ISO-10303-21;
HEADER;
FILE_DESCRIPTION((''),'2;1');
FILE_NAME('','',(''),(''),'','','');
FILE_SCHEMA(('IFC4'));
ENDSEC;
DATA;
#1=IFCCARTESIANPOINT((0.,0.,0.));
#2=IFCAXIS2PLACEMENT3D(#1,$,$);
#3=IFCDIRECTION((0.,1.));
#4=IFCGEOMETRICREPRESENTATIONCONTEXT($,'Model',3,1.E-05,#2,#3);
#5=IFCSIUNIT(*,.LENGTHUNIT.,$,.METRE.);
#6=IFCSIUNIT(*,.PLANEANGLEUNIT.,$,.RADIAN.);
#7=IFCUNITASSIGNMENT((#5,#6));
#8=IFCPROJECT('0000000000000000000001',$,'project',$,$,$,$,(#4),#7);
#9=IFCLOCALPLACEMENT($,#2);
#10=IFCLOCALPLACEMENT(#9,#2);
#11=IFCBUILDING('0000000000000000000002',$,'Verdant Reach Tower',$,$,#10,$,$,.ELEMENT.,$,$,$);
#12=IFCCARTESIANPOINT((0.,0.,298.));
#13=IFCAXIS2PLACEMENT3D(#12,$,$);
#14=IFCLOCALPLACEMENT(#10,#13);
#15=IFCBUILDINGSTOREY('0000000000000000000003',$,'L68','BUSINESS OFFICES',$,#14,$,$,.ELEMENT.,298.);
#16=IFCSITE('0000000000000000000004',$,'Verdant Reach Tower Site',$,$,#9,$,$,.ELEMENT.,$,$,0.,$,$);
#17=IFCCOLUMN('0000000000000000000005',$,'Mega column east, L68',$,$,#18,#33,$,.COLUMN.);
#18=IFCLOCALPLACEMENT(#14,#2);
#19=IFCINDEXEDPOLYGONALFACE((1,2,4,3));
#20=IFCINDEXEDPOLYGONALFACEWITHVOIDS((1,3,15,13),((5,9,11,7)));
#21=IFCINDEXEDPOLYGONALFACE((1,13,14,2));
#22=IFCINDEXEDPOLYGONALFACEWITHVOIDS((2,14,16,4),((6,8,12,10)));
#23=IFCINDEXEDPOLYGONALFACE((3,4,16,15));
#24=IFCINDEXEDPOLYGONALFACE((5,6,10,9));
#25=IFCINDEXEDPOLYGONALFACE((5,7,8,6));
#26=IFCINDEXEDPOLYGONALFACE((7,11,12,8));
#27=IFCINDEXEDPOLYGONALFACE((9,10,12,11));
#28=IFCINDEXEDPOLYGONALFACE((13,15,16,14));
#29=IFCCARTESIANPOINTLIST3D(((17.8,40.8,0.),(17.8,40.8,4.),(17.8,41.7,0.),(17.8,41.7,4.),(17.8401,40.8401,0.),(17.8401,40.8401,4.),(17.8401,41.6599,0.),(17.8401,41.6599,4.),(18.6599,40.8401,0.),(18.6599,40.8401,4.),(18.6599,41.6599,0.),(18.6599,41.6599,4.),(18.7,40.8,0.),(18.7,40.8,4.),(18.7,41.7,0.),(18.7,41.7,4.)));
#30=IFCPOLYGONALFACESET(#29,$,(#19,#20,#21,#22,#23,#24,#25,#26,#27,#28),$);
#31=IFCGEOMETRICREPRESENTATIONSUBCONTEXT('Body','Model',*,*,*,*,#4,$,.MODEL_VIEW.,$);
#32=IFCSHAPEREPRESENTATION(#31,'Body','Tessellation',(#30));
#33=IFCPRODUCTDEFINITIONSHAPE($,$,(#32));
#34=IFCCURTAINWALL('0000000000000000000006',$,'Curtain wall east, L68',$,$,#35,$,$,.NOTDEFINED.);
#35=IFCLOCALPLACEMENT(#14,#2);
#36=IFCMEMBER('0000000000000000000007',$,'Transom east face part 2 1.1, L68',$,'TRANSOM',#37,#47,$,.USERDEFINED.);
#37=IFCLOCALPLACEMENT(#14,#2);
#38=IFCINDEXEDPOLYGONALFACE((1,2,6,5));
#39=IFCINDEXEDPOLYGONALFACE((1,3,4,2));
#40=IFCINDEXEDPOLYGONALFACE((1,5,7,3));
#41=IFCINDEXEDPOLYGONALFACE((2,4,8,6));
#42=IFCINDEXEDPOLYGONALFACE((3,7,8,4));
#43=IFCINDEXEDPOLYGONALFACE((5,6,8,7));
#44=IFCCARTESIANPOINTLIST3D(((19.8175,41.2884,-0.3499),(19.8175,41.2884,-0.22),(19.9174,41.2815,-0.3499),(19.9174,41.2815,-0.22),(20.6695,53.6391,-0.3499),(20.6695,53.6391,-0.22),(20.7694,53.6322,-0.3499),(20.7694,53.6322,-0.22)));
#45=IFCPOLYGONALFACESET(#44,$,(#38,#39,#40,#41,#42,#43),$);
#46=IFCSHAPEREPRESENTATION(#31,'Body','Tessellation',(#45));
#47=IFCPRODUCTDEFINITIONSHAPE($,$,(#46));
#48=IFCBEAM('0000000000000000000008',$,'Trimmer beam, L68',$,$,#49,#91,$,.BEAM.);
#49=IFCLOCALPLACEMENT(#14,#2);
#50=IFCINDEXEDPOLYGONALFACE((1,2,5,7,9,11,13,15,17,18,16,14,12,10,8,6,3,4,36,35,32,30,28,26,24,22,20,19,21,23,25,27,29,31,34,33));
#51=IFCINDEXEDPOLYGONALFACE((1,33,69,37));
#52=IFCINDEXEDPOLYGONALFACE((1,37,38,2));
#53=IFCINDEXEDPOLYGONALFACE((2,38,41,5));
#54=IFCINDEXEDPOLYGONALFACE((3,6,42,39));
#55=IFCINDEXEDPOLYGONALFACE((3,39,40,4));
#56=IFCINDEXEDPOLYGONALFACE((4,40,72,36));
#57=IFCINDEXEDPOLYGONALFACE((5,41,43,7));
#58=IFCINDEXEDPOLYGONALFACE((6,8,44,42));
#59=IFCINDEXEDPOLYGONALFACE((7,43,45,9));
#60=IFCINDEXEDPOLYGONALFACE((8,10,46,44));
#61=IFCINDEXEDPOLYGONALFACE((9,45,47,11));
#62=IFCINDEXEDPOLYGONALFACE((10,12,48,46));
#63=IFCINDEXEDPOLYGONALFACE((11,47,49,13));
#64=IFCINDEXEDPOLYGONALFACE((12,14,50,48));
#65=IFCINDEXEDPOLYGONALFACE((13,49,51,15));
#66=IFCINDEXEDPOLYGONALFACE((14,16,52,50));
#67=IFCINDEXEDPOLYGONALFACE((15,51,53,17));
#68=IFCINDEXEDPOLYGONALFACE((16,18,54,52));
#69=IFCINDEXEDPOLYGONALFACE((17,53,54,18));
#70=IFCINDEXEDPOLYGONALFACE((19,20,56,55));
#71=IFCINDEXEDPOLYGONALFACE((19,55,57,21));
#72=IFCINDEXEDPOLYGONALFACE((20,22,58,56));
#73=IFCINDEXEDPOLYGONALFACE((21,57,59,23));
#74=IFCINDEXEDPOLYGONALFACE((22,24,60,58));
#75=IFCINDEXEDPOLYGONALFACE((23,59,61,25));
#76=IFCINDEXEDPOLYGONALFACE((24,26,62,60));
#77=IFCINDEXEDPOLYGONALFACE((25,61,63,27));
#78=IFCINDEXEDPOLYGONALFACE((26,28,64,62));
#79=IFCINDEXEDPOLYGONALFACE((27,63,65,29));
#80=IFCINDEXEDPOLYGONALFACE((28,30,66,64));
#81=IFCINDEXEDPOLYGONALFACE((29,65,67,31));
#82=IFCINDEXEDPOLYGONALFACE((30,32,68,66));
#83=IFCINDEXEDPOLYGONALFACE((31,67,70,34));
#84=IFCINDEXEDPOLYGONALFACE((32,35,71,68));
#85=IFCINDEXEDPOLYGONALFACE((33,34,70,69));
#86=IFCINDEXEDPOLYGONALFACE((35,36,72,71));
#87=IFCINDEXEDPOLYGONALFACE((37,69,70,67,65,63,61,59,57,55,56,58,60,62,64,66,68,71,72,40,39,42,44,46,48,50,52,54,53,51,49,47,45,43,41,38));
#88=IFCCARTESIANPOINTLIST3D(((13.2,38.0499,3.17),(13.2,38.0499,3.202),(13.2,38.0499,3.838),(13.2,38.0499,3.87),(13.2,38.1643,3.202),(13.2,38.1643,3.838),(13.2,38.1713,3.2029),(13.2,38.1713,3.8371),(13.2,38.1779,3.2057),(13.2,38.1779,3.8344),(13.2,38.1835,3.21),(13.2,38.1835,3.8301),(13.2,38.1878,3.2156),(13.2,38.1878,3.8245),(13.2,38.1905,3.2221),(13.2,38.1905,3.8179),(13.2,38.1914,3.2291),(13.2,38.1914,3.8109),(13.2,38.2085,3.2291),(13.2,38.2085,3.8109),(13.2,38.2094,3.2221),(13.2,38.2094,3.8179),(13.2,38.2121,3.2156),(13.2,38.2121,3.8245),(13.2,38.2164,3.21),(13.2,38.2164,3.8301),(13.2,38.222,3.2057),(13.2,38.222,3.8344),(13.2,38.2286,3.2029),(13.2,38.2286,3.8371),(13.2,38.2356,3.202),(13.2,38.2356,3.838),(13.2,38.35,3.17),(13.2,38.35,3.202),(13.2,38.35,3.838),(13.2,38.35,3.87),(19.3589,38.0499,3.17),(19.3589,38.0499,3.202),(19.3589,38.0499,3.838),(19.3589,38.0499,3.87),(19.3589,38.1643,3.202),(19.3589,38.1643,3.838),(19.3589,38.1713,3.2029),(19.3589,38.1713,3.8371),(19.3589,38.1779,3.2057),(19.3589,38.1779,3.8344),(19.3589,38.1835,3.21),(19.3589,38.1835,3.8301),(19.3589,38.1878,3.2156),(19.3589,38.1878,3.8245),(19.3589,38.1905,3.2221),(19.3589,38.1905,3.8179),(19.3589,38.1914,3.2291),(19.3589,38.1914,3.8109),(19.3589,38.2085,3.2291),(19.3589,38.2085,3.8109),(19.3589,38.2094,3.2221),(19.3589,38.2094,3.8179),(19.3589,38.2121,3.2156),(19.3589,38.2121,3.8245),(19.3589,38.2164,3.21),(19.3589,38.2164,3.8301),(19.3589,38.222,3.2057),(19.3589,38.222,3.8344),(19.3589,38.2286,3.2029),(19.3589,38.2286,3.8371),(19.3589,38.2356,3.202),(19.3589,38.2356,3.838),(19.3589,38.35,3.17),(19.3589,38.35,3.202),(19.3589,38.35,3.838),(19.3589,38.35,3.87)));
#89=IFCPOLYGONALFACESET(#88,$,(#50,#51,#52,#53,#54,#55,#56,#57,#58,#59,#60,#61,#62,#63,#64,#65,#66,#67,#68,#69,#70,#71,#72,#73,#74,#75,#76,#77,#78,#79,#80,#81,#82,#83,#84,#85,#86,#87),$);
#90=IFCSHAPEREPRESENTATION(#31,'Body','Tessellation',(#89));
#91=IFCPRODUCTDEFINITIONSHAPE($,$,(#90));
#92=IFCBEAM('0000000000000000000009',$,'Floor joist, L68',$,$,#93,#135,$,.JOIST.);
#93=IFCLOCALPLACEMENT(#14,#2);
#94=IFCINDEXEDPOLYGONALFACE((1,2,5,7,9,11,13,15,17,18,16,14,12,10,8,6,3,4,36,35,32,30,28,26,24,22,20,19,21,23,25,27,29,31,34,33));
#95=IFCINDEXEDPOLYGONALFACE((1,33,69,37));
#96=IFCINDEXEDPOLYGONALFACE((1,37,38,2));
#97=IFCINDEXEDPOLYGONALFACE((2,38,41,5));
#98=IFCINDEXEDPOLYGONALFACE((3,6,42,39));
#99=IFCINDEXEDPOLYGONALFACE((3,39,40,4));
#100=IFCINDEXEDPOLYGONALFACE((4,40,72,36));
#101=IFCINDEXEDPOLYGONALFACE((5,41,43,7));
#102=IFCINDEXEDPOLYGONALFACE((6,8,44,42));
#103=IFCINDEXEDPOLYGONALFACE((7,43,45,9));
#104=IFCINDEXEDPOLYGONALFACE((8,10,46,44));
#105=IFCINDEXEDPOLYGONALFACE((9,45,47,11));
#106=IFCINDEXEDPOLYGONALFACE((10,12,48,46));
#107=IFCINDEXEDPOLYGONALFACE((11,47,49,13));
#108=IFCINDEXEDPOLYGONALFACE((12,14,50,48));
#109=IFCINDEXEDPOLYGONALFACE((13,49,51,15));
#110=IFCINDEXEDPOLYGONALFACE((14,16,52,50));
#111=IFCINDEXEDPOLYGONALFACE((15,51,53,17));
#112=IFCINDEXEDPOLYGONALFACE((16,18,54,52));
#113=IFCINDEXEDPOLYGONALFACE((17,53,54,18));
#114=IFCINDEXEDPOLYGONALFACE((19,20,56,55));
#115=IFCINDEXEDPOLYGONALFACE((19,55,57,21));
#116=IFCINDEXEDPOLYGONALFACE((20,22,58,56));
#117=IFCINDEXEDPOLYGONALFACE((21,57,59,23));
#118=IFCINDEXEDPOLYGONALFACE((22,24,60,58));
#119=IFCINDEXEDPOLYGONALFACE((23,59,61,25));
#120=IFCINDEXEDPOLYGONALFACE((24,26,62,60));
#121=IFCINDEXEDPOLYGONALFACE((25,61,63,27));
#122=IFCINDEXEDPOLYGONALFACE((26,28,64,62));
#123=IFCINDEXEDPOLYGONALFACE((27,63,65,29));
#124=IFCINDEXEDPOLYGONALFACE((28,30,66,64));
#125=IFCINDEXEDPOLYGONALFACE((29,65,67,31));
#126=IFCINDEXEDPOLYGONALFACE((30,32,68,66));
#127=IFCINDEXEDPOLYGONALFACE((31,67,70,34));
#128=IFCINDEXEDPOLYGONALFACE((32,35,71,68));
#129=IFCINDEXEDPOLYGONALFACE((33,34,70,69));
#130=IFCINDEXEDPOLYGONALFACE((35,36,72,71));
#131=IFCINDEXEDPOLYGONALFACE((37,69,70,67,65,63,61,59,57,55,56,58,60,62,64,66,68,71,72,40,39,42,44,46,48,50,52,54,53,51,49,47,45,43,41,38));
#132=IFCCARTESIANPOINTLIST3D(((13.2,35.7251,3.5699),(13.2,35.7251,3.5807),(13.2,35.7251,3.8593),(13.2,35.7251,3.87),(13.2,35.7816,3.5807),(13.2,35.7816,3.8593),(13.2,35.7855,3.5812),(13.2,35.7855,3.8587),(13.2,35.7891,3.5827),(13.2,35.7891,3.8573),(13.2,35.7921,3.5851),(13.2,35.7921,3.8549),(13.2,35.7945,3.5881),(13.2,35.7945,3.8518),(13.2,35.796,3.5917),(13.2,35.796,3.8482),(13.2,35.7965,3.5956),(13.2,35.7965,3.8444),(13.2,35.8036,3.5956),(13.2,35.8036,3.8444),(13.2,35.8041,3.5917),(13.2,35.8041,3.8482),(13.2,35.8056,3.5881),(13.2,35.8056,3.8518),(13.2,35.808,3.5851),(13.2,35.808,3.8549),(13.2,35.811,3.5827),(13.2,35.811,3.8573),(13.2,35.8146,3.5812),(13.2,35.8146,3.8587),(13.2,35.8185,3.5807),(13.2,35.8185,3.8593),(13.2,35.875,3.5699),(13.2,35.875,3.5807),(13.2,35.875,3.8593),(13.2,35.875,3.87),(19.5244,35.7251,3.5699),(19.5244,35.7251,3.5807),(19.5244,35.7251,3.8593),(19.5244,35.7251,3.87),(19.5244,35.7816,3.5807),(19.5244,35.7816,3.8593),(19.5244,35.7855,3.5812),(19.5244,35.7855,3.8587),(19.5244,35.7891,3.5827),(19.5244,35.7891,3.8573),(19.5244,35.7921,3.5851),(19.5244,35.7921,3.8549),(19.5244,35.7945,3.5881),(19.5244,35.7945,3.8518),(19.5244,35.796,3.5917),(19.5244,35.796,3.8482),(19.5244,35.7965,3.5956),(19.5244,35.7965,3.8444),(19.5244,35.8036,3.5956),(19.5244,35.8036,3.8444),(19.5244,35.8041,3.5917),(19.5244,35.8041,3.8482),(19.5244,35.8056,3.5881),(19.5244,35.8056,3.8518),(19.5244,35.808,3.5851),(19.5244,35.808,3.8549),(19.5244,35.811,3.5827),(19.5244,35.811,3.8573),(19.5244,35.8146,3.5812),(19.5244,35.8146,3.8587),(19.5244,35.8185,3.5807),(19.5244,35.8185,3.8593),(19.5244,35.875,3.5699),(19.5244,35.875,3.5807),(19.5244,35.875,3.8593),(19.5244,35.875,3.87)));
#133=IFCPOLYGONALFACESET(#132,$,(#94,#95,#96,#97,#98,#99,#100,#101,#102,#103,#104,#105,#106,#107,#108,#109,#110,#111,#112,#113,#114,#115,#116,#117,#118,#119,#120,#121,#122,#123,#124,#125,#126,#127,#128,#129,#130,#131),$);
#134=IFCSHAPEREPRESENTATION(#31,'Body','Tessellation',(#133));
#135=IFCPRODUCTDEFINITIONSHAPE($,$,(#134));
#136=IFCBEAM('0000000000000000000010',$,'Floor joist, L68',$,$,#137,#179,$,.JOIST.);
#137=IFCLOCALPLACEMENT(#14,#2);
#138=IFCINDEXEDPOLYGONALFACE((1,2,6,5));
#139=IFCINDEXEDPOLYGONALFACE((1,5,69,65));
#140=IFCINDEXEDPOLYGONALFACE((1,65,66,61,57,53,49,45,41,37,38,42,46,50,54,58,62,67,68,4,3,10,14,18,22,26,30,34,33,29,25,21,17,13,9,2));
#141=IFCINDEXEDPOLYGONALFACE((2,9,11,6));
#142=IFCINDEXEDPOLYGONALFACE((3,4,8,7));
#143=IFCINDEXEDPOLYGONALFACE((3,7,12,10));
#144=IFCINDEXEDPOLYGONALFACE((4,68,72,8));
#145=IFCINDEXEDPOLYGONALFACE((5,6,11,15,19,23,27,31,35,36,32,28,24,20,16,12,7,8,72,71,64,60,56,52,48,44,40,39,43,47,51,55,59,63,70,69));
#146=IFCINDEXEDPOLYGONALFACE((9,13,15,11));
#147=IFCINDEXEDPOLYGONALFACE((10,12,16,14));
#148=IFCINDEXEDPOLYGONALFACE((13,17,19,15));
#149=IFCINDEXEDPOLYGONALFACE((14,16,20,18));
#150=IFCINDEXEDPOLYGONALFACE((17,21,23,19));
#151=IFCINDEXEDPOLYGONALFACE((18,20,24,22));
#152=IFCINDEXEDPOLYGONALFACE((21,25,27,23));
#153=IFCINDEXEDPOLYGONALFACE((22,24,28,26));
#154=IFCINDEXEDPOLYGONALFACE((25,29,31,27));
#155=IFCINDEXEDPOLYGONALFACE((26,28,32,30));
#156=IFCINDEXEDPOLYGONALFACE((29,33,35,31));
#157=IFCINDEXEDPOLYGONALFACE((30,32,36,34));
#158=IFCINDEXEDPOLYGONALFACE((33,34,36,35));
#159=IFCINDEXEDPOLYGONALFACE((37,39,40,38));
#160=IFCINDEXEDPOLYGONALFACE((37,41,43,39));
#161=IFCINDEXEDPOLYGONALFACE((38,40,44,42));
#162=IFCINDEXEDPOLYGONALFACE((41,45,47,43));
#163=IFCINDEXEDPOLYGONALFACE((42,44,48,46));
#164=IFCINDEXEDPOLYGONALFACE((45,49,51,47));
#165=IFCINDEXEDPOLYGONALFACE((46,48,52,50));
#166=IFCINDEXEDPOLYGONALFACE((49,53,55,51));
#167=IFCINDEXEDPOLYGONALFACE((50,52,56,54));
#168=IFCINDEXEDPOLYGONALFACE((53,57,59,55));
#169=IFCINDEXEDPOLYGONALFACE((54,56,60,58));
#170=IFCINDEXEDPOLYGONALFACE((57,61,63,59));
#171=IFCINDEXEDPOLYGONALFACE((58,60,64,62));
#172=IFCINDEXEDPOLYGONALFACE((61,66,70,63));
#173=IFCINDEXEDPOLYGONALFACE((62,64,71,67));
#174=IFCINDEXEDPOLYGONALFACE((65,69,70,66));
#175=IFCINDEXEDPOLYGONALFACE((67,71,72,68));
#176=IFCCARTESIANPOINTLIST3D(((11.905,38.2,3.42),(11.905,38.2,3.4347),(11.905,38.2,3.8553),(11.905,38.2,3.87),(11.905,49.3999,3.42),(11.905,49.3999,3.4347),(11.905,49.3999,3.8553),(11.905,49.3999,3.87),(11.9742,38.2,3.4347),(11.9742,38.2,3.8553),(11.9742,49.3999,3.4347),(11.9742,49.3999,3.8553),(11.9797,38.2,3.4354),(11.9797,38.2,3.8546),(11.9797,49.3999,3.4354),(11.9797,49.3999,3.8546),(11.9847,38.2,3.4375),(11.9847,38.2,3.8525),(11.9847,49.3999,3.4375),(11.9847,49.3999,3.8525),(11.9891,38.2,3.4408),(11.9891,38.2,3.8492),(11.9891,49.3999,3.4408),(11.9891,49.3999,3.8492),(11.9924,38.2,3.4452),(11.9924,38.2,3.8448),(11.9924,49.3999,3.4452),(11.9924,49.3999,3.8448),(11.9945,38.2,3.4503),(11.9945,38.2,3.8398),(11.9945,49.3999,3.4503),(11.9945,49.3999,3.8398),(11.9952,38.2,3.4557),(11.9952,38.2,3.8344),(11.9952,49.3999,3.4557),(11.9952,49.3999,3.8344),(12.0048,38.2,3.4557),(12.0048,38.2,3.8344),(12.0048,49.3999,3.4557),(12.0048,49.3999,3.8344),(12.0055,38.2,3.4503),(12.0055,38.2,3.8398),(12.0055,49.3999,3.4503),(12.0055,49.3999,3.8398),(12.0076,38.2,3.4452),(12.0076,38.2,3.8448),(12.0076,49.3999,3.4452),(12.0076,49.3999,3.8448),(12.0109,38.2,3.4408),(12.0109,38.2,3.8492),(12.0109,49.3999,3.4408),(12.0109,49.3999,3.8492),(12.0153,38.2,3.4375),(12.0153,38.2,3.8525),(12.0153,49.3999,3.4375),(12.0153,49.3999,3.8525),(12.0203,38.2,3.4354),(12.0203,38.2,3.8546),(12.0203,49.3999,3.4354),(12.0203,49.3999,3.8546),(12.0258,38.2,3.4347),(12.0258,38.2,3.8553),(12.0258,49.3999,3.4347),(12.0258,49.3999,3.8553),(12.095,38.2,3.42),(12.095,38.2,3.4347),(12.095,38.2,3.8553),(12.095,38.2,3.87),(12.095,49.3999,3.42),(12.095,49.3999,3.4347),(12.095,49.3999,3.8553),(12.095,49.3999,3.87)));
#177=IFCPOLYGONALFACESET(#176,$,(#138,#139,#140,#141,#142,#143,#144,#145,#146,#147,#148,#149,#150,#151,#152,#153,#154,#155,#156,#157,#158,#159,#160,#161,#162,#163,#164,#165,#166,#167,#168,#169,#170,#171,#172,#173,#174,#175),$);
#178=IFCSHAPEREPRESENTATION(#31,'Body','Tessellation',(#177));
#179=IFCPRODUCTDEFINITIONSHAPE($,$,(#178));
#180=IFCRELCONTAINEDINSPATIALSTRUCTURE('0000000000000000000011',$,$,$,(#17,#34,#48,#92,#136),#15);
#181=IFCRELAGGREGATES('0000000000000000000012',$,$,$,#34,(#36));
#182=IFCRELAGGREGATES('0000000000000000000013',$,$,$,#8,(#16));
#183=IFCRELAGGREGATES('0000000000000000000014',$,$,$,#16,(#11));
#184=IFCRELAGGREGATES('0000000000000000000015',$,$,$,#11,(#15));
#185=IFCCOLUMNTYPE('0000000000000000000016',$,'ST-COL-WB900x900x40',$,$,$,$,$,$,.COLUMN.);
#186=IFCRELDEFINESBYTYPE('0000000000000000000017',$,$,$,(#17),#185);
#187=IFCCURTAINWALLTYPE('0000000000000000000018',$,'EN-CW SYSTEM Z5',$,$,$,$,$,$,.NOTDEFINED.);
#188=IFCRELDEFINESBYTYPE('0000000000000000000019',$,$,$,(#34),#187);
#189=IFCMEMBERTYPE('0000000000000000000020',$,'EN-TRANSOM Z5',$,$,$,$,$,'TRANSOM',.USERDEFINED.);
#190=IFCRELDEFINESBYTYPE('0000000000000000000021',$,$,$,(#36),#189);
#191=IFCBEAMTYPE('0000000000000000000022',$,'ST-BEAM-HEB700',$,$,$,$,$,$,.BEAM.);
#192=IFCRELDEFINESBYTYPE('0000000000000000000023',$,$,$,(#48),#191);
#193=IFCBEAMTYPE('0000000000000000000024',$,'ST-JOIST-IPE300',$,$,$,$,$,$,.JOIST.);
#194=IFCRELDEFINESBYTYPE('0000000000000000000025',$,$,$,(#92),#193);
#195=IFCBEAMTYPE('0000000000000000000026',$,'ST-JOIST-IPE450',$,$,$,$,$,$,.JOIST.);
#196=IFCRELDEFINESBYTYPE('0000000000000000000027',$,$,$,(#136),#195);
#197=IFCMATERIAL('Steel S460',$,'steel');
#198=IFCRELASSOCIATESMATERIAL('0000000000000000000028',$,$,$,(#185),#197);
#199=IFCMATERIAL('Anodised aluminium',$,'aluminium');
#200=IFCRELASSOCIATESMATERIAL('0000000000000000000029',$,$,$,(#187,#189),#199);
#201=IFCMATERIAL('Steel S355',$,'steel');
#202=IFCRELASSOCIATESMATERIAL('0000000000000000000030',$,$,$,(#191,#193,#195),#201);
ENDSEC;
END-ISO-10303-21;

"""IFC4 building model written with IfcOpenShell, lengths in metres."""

from ifc_helpers import new_model, si_unit, direction, frame, origin, origin_2d, place, context, subcontext, project, spatial, rectangle, hollow_rectangle, i_section, extrude, material, material_profile, profile_set, type_object, element, aggregate, save


model = new_model("IFC4")

# Units and contexts
model_context = context("Model", 3, precision=1e-05, world=origin(), true_north=direction((0.0, 1.0)))
body_context = subcontext(model_context, "Body", "Model", "MODEL_VIEW")
ifc_project = project(units=[si_unit("LENGTHUNIT", "METRE"), si_unit("PLANEANGLEUNIT", "RADIAN")], contexts=[model_context])

# Site, building, storey
site_placement = place(None, origin())
site = spatial("IfcSite", under=ifc_project, at=site_placement, Name="Verdant Reach Tower Site", CompositionType="ELEMENT", RefElevation=0.0)
building_placement = place(site_placement, origin())
building = spatial("IfcBuilding", under=site, at=building_placement, Name="Verdant Reach Tower", CompositionType="ELEMENT")
storey_placement = place(building_placement, frame((0.0, 0.0, 298.0)))
storey = spatial("IfcBuildingStorey", under=building, at=storey_placement, Name="L68", Description="BUSINESS OFFICES", CompositionType="ELEMENT", Elevation=298.0)

# Column
ifc_material_1 = material(Name="Steel S460", Category="steel")
ifc_material_profile_1 = material_profile(ifc_material_1, hollow_rectangle(XDim=0.8999, YDim=0.8999, WallThickness=0.04, at=origin_2d()), Name="WB 900x900x40")
ifc_profile_set_1 = profile_set([ifc_material_profile_1], Name="Steel S460")
column_type = type_object("IfcColumnType", Name="ST-COL-WB900x900x40", PredefinedType="COLUMN", material=ifc_profile_set_1)
column_placement = place(storey_placement, frame((18.25, 41.25, 0.0), z_axis=(0.0, 0.0, 1.0), x_axis=(1.0, 0.0, 0.0)))
element("IfcColumn", 1, at=column_placement, inside=storey, type_object=column_type, Name="Mega column east, L68", PredefinedType="COLUMN", context=body_context, shape_type="SweptSolid", body=[
    extrude(hollow_rectangle(XDim=0.8999, YDim=0.8999, WallThickness=0.04, at=origin_2d()), origin(), (0.0, 0.0, 1.0), 4.0),
])

# Curtain wall, member
ifc_material_2 = material(Name="Anodised aluminium", Category="aluminium")
curtain_wall_type = type_object("IfcCurtainWallType", Name="EN-CW SYSTEM Z5", PredefinedType="NOTDEFINED", material=ifc_material_2)
curtain_wall_placement = place(storey_placement, origin())
curtain_wall = element("IfcCurtainWall", 2, at=curtain_wall_placement, inside=storey, type_object=curtain_wall_type, Name="Curtain wall east, L68", PredefinedType="NOTDEFINED")
ifc_material_profile_2 = material_profile(ifc_material_2, rectangle(XDim=0.1001, YDim=0.1299, at=origin_2d()), Name="Transom 130x100")
ifc_profile_set_2 = profile_set([ifc_material_profile_2], Name="Anodised aluminium")
member_type = type_object("IfcMemberType", Name="EN-TRANSOM Z5", ElementType="TRANSOM", PredefinedType="USERDEFINED", material=ifc_profile_set_2)
member_placement = place(storey_placement, frame((19.8674, 41.2849, -0.2849), z_axis=(0.068824, 0.997629, 0.0), x_axis=(-0.997629, 0.068824, 0.0)))
member = element("IfcMember", 3, at=member_placement, type_object=member_type, Name="Transom east face part 2 1.1, L68", ObjectType="TRANSOM", PredefinedType="USERDEFINED", context=body_context, shape_type="SweptSolid", body=[
    extrude(rectangle(XDim=0.1001, YDim=0.1299, at=origin_2d()), origin(), (0.0, 0.0, 1.0), 12.3801),
])

# Beams
ifc_material_3 = material(Name="Steel S355", Category="steel")
ifc_material_profile_3 = material_profile(ifc_material_3, i_section(OverallWidth=0.3, OverallDepth=0.7, WebThickness=0.0171, FlangeThickness=0.032, FilletRadius=0.0271, at=origin_2d()), Name="HEB 700")
ifc_profile_set_3 = profile_set([ifc_material_profile_3], Name="Steel S355")
beam_type_1 = type_object("IfcBeamType", Name="ST-BEAM-HEB700", PredefinedType="BEAM", material=ifc_profile_set_3)
beam_1_placement = place(storey_placement, frame((13.2, 38.2, 3.52), z_axis=(1.0, 0.0, 0.0), x_axis=(0.0, 1.0, 0.0)))
element("IfcBeam", 4, at=beam_1_placement, inside=storey, type_object=beam_type_1, Name="Trimmer beam, L68", PredefinedType="BEAM", context=body_context, shape_type="SweptSolid", body=[
    extrude(i_section(OverallWidth=0.3, OverallDepth=0.7, WebThickness=0.0171, FlangeThickness=0.032, FilletRadius=0.0271, at=origin_2d()), origin(), (0.0, 0.0, 1.0), 6.1589),
])
ifc_material_profile_4 = material_profile(ifc_material_3, i_section(OverallWidth=0.1499, OverallDepth=0.3, WebThickness=0.0071, FlangeThickness=0.0107, FilletRadius=0.0149, at=origin_2d()), Name="IPE 300")
ifc_profile_set_4 = profile_set([ifc_material_profile_4], Name="Steel S355")
beam_type_2 = type_object("IfcBeamType", Name="ST-JOIST-IPE300", PredefinedType="JOIST", material=ifc_profile_set_4)
beam_2_placement = place(storey_placement, frame((13.2, 35.8, 3.72), z_axis=(1.0, 0.0, 0.0), x_axis=(0.0, 1.0, 0.0)))
element("IfcBeam", 5, at=beam_2_placement, inside=storey, type_object=beam_type_2, Name="Floor joist, L68", PredefinedType="JOIST", context=body_context, shape_type="SweptSolid", body=[
    extrude(i_section(OverallWidth=0.1499, OverallDepth=0.3, WebThickness=0.0071, FlangeThickness=0.0107, FilletRadius=0.0149, at=origin_2d()), origin(), (0.0, 0.0, 1.0), 6.3245),
])
ifc_material_profile_5 = material_profile(ifc_material_3, i_section(OverallWidth=0.1899, OverallDepth=0.45, WebThickness=0.0095, FlangeThickness=0.0146, FilletRadius=0.021, at=origin_2d()), Name="IPE 450")
ifc_profile_set_5 = profile_set([ifc_material_profile_5], Name="Steel S355")
beam_type_3 = type_object("IfcBeamType", Name="ST-JOIST-IPE450", PredefinedType="JOIST", material=ifc_profile_set_5)
beam_3_placement = place(storey_placement, frame((12.0, 38.2, 3.645), z_axis=(0.0, 1.0, 0.0), x_axis=(-1.0, 0.0, 0.0)))
element("IfcBeam", 6, at=beam_3_placement, inside=storey, type_object=beam_type_3, Name="Floor joist, L68", PredefinedType="JOIST", context=body_context, shape_type="SweptSolid", body=[
    extrude(i_section(OverallWidth=0.1899, OverallDepth=0.45, WebThickness=0.0095, FlangeThickness=0.0146, FilletRadius=0.021, at=origin_2d()), origin(), (0.0, 0.0, 1.0), 11.2),
])

aggregate(curtain_wall, [member])

save(model, "model.ifc")
